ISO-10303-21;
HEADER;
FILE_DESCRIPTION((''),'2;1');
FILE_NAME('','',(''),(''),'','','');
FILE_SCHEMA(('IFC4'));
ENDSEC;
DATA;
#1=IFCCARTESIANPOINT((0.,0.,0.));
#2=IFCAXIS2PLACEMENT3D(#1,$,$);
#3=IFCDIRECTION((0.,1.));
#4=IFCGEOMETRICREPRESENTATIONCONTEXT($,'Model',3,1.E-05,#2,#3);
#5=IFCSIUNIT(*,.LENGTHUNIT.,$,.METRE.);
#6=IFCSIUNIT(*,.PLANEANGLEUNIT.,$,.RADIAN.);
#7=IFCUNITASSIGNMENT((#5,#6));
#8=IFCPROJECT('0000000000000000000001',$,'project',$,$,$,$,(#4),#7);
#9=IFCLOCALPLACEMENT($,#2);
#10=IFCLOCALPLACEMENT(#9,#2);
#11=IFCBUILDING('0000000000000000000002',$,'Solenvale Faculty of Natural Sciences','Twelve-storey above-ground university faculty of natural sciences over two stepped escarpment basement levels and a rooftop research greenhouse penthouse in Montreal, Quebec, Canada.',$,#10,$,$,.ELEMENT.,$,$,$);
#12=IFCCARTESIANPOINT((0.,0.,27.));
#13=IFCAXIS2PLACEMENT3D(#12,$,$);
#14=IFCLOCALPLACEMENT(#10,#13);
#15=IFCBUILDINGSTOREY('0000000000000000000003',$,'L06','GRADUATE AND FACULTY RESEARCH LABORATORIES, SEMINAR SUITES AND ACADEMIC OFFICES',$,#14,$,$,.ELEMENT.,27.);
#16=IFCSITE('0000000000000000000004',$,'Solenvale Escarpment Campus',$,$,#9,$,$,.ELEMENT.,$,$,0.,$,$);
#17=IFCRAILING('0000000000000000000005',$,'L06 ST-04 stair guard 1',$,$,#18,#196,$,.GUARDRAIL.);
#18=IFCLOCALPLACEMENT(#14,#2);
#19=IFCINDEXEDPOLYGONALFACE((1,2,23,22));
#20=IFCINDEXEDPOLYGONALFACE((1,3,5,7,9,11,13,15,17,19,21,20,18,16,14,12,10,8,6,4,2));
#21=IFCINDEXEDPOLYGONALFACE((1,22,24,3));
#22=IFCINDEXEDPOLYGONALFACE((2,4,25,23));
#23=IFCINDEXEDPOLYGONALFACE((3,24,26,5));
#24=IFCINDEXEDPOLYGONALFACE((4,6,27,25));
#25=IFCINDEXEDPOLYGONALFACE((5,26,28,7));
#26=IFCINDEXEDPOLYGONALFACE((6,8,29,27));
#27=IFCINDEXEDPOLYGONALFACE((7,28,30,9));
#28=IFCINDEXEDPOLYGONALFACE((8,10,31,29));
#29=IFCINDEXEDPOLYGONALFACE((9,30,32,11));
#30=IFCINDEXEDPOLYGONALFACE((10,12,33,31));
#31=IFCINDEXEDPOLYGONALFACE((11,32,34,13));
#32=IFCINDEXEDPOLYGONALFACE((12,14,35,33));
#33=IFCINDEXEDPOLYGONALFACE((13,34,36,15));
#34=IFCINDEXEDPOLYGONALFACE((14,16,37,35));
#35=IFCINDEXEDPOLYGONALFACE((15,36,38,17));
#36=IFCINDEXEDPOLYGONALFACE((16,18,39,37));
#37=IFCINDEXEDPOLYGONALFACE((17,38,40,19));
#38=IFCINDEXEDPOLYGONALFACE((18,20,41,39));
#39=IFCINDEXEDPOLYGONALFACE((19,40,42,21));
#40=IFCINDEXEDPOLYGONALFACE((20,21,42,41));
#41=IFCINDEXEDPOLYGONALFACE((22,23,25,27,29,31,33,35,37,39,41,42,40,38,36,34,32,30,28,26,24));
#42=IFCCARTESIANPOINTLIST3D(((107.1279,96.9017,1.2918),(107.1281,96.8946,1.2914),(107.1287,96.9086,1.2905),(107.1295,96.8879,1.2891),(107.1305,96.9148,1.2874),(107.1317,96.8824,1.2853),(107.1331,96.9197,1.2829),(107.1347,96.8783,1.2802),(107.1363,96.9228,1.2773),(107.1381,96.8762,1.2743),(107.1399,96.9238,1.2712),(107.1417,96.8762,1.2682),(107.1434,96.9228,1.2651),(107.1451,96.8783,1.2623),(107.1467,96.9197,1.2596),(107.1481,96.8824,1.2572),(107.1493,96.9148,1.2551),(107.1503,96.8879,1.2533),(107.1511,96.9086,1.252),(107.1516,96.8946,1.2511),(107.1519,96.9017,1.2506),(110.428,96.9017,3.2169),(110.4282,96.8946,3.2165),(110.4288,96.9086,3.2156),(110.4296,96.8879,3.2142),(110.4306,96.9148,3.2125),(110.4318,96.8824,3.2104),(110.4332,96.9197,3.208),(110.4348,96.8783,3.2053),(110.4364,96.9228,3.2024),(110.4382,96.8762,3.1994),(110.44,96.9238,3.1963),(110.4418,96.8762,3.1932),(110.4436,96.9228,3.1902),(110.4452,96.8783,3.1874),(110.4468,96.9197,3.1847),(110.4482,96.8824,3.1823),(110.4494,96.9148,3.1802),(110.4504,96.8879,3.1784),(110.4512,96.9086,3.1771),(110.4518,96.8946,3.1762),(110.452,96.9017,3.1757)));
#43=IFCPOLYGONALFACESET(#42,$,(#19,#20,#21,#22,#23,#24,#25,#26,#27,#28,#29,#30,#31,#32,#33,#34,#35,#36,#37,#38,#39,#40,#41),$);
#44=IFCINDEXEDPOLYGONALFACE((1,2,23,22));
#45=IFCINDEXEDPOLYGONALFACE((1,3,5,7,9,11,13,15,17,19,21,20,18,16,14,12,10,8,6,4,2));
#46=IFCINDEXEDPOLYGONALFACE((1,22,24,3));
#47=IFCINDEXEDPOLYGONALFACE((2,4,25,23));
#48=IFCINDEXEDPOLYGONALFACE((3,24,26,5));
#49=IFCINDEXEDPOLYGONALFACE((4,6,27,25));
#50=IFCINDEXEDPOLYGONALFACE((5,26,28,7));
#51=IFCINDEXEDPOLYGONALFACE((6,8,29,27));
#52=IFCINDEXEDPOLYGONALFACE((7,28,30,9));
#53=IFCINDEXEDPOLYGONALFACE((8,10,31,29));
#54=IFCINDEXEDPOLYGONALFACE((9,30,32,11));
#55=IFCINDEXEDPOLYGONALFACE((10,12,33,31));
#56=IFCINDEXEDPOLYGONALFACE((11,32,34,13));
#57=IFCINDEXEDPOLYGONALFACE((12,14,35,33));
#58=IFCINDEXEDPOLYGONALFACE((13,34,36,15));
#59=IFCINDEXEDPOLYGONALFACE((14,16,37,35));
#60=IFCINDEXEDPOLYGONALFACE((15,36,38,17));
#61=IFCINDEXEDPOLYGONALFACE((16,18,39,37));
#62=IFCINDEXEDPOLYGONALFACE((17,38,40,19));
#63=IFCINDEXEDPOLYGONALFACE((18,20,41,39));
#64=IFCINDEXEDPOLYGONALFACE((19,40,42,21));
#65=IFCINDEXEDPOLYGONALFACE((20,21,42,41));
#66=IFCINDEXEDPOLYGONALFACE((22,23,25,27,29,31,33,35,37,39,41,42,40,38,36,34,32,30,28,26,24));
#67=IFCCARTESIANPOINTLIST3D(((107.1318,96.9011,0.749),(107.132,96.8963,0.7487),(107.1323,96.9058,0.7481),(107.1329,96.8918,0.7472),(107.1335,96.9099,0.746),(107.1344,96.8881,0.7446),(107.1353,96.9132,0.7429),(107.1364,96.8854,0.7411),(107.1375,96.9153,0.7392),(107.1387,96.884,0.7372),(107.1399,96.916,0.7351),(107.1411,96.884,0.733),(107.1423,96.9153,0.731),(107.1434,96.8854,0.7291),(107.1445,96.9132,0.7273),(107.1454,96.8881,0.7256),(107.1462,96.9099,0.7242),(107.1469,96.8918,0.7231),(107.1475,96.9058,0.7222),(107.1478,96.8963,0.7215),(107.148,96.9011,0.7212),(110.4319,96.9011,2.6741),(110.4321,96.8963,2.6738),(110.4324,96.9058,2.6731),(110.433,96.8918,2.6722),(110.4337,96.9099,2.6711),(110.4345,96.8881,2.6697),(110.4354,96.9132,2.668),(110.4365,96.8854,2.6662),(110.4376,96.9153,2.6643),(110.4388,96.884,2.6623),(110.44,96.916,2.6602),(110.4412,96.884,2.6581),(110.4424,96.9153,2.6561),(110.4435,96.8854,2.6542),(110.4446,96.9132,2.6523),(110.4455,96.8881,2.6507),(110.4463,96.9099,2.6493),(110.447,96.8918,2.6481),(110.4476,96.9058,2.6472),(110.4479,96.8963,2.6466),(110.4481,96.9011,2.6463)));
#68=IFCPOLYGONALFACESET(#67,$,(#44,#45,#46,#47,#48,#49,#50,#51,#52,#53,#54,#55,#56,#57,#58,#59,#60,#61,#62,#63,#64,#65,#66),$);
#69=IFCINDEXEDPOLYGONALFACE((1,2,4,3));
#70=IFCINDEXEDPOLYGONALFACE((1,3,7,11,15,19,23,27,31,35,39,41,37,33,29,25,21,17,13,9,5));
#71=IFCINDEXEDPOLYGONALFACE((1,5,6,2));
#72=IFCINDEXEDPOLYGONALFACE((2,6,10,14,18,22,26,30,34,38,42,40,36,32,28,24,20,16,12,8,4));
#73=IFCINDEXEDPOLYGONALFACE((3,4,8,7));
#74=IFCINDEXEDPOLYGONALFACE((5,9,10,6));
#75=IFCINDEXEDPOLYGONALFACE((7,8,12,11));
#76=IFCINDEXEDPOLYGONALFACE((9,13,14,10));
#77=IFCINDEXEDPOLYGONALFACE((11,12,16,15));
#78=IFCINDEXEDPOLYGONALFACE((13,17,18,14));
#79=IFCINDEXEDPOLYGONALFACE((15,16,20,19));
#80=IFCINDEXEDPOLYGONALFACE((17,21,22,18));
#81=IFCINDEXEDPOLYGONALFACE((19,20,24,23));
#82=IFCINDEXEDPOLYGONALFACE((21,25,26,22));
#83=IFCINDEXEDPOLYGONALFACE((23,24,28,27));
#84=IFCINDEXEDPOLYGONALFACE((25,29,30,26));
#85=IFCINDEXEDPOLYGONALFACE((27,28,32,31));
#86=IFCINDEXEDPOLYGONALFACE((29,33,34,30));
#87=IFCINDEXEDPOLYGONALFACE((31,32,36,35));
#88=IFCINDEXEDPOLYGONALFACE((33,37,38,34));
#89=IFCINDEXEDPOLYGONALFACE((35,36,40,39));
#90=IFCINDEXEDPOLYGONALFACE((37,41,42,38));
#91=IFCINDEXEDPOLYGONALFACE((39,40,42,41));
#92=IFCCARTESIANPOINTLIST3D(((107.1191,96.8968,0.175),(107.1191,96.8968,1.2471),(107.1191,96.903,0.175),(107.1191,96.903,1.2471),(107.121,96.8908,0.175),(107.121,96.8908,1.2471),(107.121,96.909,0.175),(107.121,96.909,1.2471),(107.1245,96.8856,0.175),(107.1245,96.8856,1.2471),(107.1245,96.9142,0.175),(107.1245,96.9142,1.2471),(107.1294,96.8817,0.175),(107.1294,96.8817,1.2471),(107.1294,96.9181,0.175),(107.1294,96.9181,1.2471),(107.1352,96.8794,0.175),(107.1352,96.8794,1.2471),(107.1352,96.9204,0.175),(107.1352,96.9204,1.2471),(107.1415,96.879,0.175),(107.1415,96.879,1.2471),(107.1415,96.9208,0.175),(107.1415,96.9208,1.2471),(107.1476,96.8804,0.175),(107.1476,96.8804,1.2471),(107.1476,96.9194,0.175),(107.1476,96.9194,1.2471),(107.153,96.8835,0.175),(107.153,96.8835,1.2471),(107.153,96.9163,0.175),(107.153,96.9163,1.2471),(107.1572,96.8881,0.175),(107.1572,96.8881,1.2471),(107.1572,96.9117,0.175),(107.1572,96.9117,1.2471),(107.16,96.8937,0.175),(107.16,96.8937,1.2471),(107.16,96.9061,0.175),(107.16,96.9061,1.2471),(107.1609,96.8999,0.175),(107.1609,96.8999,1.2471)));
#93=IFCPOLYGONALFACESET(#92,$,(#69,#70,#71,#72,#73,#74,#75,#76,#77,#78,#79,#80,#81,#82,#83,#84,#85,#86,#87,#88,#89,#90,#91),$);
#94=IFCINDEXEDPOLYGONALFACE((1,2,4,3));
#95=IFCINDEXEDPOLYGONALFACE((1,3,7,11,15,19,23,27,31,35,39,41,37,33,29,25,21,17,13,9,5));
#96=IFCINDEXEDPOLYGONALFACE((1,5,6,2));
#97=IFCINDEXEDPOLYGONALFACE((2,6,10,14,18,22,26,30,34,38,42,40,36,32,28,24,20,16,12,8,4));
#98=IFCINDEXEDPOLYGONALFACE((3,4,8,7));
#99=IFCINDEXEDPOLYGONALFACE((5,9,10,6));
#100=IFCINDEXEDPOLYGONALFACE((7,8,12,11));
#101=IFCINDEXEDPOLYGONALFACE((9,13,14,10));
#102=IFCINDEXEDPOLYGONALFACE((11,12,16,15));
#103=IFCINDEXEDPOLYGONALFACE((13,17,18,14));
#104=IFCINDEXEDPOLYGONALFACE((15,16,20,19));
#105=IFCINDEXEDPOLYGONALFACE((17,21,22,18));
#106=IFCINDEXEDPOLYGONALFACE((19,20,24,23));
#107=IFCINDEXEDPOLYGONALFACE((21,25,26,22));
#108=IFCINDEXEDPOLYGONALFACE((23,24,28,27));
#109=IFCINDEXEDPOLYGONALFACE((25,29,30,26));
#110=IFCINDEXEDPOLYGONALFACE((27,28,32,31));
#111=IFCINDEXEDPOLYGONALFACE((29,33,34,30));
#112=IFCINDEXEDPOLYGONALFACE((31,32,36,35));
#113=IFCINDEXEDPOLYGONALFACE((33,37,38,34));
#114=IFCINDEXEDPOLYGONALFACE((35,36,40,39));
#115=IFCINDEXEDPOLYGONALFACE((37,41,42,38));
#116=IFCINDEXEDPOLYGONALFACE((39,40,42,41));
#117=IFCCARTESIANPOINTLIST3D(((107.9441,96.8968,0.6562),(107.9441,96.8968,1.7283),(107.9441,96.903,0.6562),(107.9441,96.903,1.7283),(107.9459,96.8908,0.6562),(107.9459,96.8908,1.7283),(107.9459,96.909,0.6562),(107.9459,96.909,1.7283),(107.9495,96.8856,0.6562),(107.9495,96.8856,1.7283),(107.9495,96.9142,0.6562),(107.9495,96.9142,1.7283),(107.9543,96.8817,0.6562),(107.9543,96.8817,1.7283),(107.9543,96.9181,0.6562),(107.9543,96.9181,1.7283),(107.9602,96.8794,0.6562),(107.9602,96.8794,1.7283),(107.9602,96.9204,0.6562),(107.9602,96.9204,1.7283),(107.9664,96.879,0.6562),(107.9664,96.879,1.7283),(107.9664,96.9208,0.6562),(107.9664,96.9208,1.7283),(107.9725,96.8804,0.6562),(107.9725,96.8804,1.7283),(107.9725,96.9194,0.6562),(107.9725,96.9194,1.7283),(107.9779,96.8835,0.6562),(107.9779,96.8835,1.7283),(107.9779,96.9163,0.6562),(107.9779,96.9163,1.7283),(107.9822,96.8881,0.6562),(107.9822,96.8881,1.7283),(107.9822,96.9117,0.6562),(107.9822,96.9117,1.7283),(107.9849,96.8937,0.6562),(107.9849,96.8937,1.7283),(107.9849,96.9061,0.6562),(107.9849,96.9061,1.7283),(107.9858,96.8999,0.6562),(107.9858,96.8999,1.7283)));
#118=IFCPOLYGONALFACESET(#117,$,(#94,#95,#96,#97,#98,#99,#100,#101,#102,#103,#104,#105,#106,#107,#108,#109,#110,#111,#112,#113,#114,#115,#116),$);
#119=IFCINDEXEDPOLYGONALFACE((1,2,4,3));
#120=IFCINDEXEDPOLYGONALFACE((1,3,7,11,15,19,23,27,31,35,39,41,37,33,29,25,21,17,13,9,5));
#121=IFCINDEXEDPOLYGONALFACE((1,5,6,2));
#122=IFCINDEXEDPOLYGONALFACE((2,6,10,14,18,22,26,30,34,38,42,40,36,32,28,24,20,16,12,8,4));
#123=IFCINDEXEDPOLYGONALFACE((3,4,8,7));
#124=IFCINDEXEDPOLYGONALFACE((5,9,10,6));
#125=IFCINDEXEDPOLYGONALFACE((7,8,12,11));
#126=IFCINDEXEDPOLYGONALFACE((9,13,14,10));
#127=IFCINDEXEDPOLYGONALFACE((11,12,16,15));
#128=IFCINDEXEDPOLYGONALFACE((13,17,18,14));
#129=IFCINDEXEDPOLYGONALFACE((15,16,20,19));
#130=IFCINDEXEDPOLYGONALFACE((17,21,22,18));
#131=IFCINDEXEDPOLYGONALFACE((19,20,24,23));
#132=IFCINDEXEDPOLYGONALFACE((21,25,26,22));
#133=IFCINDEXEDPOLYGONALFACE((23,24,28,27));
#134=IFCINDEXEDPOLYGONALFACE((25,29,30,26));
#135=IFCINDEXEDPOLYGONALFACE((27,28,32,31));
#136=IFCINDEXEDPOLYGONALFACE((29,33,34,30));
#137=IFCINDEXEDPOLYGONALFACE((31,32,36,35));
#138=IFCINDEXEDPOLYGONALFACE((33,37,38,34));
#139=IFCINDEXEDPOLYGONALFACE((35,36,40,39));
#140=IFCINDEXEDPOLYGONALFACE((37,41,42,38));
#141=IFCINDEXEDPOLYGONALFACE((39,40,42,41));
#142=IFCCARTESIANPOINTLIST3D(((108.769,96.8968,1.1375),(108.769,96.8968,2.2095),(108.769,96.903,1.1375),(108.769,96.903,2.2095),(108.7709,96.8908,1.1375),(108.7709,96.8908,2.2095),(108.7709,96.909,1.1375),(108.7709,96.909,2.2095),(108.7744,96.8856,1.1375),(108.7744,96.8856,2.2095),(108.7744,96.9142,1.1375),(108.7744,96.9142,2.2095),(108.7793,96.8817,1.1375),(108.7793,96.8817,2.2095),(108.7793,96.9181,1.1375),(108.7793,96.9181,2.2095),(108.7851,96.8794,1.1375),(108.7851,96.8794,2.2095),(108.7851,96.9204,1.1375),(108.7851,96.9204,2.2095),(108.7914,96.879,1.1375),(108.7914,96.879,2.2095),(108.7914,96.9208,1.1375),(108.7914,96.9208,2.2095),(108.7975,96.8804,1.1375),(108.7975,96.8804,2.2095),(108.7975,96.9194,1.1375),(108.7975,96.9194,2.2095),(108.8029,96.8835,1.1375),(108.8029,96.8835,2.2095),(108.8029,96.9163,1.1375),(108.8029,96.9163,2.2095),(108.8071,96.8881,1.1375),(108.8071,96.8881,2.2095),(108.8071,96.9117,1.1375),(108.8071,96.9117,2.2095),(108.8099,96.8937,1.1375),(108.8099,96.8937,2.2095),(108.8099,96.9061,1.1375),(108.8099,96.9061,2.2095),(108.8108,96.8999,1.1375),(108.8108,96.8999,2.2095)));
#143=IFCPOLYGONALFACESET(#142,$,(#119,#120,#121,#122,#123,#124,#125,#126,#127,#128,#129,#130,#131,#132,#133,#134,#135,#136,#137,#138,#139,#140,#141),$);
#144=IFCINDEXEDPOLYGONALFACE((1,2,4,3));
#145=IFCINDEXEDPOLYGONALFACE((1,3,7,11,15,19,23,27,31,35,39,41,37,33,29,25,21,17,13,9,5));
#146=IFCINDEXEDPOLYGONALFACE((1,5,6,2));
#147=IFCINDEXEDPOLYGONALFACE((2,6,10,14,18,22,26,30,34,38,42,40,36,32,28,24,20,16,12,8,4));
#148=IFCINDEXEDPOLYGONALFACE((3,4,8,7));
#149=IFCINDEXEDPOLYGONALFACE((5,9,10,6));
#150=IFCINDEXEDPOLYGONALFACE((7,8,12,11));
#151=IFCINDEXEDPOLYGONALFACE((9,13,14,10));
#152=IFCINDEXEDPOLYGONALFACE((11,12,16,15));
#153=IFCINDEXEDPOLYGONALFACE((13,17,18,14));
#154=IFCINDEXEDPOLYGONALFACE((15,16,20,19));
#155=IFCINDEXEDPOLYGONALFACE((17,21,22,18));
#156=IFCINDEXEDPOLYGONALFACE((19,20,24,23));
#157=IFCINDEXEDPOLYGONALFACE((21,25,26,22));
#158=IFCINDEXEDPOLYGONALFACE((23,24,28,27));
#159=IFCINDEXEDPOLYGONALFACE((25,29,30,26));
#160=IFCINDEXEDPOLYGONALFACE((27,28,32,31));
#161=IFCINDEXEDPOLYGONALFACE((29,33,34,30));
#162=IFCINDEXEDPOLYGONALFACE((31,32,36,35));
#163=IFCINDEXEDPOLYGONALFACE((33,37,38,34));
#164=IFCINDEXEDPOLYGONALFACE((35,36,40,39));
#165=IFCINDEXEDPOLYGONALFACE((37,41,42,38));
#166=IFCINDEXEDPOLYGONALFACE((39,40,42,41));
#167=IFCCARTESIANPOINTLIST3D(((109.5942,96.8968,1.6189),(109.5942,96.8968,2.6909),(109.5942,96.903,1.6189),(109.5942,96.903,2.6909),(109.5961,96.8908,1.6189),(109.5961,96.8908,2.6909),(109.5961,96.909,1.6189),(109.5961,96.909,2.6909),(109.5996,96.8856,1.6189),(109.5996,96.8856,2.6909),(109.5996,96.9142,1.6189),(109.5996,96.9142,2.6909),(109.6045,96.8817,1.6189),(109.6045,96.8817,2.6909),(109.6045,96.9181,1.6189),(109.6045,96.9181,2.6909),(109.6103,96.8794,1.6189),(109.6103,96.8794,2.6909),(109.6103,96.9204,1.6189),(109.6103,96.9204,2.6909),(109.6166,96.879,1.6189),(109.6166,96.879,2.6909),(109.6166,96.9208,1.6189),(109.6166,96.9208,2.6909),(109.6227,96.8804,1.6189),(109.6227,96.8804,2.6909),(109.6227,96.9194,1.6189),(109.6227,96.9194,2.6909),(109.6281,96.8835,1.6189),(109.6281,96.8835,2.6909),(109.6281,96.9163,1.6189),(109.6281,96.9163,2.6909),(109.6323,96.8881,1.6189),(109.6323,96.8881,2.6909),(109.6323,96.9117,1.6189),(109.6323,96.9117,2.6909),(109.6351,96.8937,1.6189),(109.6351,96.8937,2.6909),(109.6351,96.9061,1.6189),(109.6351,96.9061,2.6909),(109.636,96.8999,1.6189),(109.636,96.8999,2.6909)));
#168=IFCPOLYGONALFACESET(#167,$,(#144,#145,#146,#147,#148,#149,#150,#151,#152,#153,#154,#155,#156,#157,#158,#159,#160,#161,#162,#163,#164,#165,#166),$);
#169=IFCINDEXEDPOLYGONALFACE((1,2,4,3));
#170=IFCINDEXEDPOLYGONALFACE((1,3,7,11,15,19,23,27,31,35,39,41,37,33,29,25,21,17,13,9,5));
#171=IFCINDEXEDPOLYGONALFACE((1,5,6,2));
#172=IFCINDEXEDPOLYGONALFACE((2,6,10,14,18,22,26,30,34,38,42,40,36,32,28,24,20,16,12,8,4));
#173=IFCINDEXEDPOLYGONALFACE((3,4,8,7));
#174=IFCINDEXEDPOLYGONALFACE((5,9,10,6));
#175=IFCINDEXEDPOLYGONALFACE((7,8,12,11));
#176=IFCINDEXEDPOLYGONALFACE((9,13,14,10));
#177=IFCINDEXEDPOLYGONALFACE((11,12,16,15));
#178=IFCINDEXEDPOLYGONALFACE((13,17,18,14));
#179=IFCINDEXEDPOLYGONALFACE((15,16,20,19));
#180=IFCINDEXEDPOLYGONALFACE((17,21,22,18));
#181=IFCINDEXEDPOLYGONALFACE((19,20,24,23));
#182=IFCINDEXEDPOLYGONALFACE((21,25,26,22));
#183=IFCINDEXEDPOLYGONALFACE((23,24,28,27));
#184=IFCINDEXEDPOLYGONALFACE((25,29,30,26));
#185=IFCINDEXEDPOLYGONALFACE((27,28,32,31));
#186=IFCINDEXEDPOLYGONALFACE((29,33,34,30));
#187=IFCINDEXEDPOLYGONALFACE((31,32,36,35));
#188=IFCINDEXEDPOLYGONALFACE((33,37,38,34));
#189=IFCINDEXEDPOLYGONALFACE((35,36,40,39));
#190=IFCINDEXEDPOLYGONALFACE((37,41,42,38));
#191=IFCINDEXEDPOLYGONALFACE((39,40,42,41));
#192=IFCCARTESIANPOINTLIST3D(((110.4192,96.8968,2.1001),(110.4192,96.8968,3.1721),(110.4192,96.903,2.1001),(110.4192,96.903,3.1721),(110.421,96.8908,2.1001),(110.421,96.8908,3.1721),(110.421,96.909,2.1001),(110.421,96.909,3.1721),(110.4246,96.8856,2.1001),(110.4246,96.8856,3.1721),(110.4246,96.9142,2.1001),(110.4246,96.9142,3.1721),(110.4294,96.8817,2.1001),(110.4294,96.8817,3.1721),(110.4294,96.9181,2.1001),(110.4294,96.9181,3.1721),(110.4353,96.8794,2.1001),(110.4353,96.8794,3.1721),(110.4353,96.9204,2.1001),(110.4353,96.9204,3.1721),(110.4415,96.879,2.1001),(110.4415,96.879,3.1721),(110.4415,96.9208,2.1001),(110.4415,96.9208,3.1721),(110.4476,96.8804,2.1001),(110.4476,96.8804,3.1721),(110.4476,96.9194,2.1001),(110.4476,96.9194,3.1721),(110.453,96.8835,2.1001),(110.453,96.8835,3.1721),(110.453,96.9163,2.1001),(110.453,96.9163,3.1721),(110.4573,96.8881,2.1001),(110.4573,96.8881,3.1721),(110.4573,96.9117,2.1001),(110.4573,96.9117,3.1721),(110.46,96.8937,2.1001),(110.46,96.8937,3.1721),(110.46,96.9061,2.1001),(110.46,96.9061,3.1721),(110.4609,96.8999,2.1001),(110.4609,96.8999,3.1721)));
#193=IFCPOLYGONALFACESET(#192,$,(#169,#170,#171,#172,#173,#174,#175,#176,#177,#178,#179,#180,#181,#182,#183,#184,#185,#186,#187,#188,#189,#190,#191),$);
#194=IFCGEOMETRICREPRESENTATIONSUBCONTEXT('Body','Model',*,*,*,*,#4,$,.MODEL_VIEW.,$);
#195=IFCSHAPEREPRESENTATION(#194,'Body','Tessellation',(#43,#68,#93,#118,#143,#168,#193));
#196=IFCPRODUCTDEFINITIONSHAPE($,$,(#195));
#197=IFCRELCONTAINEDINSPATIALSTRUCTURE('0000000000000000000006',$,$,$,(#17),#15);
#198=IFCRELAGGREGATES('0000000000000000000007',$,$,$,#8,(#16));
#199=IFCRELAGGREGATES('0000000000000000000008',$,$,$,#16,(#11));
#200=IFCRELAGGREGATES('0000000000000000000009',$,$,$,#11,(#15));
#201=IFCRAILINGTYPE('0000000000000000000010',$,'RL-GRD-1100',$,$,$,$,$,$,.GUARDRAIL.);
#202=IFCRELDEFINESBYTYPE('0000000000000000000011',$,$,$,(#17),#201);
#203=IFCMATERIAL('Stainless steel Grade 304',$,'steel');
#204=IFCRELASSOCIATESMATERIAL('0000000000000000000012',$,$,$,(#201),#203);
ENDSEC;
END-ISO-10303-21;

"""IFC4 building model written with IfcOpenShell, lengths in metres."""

from ifc_helpers import new_model, si_unit, direction, frame, origin, origin_2d, place, context, subcontext, project, spatial, circle, extrude, material, type_object, element, save


model = new_model("IFC4")

# Units and contexts
model_context = context("Model", 3, precision=1e-05, world=origin(), true_north=direction((0.0, 1.0)))
body_context = subcontext(model_context, "Body", "Model", "MODEL_VIEW")
ifc_project = project(units=[si_unit("LENGTHUNIT", "METRE"), si_unit("PLANEANGLEUNIT", "RADIAN")], contexts=[model_context])

# Site, building, storey
site_placement = place(None, origin())
site = spatial("IfcSite", under=ifc_project, at=site_placement, Name="Solenvale Escarpment Campus", CompositionType="ELEMENT", RefElevation=0.0)
building_placement = place(site_placement, origin())
building = spatial("IfcBuilding", under=site, at=building_placement, Name="Solenvale Faculty of Natural Sciences", Description="Twelve-storey above-ground university faculty of natural sciences over two stepped escarpment basement levels and a rooftop research greenhouse penthouse in Montreal, Quebec, Canada.", CompositionType="ELEMENT")
storey_placement = place(building_placement, frame((0.0, 0.0, 27.0)))
storey = spatial("IfcBuildingStorey", under=building, at=storey_placement, Name="L06", Description="GRADUATE AND FACULTY RESEARCH LABORATORIES, SEMINAR SUITES AND ACADEMIC OFFICES", CompositionType="ELEMENT", Elevation=27.0)

# Shared definitions
ifc_material_1 = material(Name="Stainless steel Grade 304", Category="steel")

# Railing
railing_type_1 = type_object("IfcRailingType", Name="RL-GRD-1100", PredefinedType="GUARDRAIL", material=ifc_material_1)
railing_1_placement = place(storey_placement, frame((107.1399, 96.8999, 0.175)))
element("IfcRailing", 1, at=railing_1_placement, inside=storey, type_object=railing_type_1, Name="L06 ST-04 stair guard 1", PredefinedType="GUARDRAIL", context=body_context, shape_type="SweptSolid", body=[
    extrude(circle(Radius=0.0239, at=origin_2d()), frame((0.0, 0.0, 1.0962), z_axis=(0.863777, 0.0, 0.503875), x_axis=(0.0, 1.0, 0.0)), (0.0, 0.0, 1.0), 3.8206),
    extrude(circle(Radius=0.0161, at=origin_2d()), frame((0.0, 0.0, 0.5601), z_axis=(0.863777, 0.0, 0.503875), x_axis=(0.0, 1.0, 0.0)), (0.0, 0.0, 1.0), 3.8206),
    extrude(circle(Radius=0.021, at=origin_2d()), origin(), (0.0, 0.0, 1.0), 1.072),
    extrude(circle(Radius=0.021, at=origin_2d()), frame((0.825, 0.0, 0.4812)), (0.0, 0.0, 1.0), 1.072),
    extrude(circle(Radius=0.021, at=origin_2d()), frame((1.6499, 0.0, 0.9624)), (0.0, 0.0, 1.0), 1.072),
    extrude(circle(Radius=0.021, at=origin_2d()), frame((2.4751, 0.0, 1.4438)), (0.0, 0.0, 1.0), 1.072),
    extrude(circle(Radius=0.021, at=origin_2d()), frame((3.3, 0.0, 1.925)), (0.0, 0.0, 1.0), 1.072),
])

save(model, "model.ifc")
